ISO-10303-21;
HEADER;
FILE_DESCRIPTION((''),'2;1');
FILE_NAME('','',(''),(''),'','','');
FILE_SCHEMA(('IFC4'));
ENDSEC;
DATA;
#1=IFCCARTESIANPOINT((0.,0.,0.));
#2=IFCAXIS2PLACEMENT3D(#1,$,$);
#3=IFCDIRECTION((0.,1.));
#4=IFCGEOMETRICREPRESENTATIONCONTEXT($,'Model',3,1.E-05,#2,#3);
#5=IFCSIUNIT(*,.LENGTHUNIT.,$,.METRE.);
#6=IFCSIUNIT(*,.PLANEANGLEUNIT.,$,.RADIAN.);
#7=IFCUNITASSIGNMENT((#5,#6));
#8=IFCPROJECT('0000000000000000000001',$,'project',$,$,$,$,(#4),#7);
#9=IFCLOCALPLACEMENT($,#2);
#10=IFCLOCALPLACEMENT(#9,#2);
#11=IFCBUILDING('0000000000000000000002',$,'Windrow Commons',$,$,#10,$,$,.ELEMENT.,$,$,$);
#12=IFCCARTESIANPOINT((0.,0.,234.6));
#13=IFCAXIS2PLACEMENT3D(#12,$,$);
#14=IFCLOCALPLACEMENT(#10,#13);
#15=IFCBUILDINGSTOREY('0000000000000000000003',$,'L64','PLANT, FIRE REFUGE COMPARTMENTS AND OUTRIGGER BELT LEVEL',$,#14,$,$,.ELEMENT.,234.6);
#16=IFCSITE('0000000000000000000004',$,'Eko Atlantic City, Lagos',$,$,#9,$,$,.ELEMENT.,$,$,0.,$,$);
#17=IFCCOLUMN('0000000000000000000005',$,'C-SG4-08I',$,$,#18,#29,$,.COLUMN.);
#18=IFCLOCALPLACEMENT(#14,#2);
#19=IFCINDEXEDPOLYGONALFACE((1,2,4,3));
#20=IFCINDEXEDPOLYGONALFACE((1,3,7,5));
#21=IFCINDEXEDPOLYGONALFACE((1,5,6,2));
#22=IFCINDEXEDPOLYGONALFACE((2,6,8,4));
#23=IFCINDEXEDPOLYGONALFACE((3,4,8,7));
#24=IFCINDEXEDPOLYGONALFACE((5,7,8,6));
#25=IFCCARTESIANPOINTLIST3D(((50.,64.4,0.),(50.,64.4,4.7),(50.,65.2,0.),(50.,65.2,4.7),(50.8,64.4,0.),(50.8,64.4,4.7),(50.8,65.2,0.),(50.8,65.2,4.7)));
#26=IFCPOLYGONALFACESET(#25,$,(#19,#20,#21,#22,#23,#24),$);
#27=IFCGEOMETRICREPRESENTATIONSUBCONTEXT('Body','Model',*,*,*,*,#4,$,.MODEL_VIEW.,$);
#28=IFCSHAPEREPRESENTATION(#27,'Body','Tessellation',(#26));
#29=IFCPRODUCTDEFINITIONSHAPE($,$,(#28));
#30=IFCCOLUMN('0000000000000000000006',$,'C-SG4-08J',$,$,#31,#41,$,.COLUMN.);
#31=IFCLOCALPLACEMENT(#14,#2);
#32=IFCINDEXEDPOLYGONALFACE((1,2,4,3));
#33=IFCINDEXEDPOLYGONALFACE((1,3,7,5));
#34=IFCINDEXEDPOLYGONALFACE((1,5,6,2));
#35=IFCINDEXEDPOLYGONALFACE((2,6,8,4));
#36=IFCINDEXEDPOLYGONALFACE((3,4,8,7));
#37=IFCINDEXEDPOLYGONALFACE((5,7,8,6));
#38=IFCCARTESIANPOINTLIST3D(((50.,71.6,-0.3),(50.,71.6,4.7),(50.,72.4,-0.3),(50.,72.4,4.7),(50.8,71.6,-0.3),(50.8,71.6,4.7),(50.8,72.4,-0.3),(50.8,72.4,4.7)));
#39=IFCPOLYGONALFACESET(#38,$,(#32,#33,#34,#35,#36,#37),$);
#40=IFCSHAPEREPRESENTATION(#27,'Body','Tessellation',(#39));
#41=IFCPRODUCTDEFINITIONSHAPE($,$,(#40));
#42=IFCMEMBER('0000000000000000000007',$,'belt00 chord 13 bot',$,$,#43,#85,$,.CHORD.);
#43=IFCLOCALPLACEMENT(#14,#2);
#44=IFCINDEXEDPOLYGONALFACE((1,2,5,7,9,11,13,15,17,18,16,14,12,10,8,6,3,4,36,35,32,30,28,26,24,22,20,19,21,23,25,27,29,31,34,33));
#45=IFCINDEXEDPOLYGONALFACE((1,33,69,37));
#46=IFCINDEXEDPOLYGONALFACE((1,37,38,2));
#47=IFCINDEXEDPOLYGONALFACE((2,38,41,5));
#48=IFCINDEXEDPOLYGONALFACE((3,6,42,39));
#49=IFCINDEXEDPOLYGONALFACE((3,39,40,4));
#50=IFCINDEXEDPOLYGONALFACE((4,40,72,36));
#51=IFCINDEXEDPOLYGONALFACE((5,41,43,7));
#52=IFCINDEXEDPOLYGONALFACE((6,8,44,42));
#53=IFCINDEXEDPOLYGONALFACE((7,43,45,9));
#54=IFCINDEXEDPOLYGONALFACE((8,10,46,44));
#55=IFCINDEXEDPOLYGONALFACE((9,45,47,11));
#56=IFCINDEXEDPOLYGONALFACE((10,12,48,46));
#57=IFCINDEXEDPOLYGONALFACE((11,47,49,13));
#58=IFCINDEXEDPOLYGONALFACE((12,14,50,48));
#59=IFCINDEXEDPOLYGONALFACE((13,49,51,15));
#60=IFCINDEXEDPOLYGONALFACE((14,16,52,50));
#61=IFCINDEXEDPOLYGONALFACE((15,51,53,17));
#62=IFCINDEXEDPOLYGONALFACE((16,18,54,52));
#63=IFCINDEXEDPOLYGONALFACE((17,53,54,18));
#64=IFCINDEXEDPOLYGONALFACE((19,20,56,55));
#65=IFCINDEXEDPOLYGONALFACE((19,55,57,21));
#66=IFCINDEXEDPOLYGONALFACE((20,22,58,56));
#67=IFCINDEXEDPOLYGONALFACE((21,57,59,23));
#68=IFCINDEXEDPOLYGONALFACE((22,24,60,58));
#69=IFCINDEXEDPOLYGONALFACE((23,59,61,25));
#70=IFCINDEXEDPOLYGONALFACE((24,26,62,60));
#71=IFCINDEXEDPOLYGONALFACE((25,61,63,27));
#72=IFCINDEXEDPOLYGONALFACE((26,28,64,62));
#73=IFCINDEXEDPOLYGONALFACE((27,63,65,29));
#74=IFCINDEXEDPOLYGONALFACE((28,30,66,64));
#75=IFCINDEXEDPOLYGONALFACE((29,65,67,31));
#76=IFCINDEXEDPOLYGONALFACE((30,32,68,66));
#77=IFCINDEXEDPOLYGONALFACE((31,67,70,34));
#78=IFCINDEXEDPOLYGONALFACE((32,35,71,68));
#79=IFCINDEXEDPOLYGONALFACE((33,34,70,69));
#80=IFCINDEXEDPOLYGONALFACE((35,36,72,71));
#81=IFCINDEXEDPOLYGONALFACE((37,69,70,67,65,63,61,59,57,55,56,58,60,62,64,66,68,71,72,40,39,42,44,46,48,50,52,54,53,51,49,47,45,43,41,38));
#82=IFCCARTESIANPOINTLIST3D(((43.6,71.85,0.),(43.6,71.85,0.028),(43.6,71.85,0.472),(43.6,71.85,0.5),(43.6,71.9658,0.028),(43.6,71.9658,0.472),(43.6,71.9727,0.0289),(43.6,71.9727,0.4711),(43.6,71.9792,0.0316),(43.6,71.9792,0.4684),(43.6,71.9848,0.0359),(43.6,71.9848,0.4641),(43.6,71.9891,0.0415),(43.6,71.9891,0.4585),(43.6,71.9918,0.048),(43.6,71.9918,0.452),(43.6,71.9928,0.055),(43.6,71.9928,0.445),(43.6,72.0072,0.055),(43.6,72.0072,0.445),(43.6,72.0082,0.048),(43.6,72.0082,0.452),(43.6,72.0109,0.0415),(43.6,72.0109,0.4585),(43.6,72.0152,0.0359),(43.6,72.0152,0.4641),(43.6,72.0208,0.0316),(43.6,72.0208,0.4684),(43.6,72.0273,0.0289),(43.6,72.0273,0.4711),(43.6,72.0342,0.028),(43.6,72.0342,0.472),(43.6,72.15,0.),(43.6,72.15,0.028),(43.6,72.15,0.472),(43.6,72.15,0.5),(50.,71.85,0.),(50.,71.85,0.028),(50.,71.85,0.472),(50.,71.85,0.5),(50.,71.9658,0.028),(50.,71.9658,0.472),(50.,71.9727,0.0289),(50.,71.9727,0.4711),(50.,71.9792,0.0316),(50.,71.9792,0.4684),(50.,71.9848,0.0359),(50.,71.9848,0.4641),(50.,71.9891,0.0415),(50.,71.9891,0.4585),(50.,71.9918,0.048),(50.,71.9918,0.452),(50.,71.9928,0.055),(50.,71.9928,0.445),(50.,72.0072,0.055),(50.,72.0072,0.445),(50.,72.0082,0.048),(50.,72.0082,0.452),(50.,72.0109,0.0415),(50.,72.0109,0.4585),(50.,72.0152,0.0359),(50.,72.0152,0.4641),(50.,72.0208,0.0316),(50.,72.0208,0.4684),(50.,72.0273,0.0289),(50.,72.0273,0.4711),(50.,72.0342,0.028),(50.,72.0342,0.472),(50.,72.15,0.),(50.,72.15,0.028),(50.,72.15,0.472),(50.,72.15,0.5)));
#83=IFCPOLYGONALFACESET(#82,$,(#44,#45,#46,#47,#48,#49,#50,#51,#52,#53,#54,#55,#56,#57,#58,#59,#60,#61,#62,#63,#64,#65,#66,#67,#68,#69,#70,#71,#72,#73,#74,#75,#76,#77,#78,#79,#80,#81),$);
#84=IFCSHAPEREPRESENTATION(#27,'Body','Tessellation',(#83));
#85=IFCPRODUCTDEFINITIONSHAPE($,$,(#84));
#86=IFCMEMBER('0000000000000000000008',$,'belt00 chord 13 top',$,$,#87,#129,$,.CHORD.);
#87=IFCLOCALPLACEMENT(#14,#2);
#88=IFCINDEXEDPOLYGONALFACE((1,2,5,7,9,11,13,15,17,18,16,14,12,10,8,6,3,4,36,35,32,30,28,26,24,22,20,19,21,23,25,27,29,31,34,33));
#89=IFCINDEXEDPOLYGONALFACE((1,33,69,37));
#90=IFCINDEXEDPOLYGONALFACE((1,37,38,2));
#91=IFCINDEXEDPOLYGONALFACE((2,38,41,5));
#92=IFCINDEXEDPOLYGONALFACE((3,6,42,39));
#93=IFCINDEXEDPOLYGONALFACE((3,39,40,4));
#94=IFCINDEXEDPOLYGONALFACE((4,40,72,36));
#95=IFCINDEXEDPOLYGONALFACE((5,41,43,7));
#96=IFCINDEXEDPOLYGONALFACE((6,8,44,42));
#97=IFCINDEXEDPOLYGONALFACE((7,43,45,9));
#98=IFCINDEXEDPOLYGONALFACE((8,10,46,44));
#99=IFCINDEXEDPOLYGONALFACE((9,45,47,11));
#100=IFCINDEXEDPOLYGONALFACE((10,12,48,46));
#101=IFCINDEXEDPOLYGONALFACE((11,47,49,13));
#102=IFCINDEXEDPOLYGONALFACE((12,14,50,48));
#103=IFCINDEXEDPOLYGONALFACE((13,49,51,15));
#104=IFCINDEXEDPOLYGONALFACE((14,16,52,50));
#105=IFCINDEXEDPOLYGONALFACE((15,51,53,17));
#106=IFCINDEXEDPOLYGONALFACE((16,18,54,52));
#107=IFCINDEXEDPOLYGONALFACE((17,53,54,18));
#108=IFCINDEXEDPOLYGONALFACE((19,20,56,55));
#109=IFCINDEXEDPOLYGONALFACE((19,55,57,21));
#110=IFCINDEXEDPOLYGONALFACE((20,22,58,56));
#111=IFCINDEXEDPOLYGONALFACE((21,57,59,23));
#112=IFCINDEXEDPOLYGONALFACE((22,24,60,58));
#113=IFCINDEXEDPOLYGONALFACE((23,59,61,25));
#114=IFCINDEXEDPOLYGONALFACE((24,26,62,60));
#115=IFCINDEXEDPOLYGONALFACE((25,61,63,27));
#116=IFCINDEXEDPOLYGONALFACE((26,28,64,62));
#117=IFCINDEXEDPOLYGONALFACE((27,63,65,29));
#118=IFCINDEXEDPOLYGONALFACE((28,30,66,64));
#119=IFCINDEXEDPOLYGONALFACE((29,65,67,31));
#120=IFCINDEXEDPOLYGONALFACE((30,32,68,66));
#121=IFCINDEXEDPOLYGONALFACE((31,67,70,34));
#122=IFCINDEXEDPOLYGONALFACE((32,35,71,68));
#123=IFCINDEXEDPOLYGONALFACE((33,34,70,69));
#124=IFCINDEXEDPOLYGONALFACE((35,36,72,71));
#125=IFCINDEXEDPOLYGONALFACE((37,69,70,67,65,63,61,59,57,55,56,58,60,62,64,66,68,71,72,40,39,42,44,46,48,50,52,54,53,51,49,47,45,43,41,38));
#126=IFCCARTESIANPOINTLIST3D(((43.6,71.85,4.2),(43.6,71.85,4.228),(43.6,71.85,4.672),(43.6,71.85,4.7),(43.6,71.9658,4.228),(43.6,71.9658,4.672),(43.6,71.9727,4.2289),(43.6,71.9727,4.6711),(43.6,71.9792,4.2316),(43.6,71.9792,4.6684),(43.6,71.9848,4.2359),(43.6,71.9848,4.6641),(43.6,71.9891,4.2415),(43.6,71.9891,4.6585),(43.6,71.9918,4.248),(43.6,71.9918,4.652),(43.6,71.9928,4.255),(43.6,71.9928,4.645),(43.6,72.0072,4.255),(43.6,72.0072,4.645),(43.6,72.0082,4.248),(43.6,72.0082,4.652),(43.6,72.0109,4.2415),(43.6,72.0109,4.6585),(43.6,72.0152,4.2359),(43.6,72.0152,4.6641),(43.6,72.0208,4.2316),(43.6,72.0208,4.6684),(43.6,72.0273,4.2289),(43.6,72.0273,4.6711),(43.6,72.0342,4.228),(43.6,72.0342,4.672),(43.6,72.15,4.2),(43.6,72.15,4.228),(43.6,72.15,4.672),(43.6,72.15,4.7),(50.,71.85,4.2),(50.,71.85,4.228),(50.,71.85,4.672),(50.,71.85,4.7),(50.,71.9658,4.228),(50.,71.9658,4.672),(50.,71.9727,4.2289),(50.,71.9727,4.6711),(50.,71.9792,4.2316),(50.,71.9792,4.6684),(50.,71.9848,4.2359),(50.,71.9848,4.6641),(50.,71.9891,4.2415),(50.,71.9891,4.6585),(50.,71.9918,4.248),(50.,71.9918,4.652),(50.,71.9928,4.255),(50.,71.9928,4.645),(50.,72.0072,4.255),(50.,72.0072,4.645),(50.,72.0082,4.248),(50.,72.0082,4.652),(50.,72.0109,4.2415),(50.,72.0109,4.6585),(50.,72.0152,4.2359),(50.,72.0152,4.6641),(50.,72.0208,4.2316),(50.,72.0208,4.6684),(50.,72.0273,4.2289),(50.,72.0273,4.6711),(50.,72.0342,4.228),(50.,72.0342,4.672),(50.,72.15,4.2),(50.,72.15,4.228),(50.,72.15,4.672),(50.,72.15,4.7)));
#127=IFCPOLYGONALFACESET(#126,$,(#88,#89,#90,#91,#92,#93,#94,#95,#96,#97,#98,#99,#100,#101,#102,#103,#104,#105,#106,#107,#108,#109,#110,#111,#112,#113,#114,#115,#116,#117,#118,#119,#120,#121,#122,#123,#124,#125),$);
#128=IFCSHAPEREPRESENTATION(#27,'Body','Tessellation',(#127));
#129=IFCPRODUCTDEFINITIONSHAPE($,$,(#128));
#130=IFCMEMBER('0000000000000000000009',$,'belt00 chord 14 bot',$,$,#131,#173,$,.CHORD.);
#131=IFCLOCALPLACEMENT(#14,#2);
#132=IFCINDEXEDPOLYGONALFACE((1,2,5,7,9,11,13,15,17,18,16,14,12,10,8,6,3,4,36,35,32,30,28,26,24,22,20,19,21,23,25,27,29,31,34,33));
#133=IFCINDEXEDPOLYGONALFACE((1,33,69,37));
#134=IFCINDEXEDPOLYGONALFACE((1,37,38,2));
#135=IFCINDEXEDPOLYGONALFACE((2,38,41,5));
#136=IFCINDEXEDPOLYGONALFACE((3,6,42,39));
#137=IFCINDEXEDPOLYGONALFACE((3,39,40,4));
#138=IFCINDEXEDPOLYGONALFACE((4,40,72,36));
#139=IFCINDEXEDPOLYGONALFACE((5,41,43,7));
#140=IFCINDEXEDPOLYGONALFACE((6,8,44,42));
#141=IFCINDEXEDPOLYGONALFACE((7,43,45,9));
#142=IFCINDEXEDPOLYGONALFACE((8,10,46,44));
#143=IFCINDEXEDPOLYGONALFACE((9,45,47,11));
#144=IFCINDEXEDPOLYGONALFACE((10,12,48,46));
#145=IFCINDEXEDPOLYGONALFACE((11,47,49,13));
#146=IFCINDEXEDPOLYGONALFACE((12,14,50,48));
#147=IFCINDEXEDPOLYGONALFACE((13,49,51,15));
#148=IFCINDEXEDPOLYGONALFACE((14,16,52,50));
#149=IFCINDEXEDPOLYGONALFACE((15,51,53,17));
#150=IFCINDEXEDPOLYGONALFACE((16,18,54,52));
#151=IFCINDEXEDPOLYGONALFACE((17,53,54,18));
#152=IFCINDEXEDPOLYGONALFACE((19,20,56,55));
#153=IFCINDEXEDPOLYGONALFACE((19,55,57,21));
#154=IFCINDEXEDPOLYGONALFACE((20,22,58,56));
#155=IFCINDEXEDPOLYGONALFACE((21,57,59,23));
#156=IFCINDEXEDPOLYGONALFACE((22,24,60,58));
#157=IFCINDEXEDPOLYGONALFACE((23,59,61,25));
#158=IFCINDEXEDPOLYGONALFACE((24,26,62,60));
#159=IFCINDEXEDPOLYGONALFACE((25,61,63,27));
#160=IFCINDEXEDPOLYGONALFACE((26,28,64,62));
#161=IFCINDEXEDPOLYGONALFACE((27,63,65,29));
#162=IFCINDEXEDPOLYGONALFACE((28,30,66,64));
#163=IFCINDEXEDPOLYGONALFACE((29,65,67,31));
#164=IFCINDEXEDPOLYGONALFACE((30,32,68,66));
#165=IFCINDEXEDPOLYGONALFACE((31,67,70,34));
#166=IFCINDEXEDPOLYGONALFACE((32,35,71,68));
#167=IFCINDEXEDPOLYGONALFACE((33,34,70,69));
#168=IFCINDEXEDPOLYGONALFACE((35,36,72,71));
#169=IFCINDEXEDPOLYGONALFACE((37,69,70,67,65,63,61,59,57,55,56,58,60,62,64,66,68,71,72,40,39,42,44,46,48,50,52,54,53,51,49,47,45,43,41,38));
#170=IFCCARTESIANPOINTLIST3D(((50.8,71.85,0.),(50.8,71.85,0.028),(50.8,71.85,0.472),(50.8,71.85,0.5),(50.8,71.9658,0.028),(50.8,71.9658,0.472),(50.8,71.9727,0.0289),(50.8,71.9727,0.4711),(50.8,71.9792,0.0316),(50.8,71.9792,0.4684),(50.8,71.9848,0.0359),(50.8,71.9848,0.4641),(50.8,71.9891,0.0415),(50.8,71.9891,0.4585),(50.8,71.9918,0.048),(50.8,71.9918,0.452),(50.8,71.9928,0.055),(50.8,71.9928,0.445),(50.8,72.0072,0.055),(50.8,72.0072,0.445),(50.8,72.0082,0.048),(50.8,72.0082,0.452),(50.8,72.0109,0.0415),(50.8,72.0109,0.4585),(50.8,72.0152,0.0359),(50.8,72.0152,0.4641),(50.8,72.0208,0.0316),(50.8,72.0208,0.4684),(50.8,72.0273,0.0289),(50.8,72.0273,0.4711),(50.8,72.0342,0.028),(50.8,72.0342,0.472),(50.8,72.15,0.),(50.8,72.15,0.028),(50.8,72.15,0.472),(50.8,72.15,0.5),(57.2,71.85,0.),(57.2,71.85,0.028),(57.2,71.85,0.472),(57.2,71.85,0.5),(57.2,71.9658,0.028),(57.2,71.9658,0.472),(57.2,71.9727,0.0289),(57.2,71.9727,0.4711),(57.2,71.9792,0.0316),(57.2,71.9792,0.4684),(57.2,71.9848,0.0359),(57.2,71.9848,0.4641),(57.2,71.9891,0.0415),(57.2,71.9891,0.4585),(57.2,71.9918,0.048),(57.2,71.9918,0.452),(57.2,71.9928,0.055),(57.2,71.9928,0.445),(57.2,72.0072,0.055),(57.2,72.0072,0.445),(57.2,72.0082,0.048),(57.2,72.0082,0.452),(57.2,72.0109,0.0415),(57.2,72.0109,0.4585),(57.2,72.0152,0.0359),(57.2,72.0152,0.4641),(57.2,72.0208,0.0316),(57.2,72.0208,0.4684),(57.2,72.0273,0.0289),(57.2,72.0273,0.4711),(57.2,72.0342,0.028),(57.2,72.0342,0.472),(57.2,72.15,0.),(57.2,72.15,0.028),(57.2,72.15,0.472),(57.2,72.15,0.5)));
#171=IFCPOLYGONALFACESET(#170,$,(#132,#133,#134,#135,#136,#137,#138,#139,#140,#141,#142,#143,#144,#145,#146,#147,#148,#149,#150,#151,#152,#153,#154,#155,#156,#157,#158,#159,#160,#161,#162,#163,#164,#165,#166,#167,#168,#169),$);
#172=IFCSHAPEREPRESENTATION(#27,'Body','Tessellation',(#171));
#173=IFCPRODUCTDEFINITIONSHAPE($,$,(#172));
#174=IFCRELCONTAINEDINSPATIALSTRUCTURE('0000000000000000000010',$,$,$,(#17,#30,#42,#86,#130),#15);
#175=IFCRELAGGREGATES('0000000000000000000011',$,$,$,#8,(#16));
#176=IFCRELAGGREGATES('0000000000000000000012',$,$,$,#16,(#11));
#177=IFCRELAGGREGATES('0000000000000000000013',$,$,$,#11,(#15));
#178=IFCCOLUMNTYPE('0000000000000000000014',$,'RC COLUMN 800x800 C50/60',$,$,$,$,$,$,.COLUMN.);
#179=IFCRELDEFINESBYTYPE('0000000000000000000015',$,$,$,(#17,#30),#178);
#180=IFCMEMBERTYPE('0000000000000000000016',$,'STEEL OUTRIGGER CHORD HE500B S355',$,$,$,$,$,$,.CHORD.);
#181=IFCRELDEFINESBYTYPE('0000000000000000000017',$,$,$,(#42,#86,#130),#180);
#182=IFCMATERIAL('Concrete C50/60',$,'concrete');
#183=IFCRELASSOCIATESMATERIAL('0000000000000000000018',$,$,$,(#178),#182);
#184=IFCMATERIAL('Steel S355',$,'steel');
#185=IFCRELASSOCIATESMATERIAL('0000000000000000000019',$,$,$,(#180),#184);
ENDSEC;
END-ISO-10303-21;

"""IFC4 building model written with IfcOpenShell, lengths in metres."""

from ifc_helpers import new_model, si_unit, direction, frame, origin, origin_2d, place, context, subcontext, project, spatial, rectangle, i_section, extrude, material, material_profile, profile_set, type_object, element, save


model = new_model("IFC4")

# Units and contexts
model_context = context("Model", 3, precision=1e-05, world=origin(), true_north=direction((0.0, 1.0)))
body_context = subcontext(model_context, "Body", "Model", "MODEL_VIEW")
ifc_project = project(units=[si_unit("LENGTHUNIT", "METRE"), si_unit("PLANEANGLEUNIT", "RADIAN")], contexts=[model_context])

# Site, building, storey
site_placement = place(None, origin())
site = spatial("IfcSite", under=ifc_project, at=site_placement, Name="Eko Atlantic City, Lagos", CompositionType="ELEMENT", RefElevation=0.0)
building_placement = place(site_placement, origin())
building = spatial("IfcBuilding", under=site, at=building_placement, Name="Windrow Commons", CompositionType="ELEMENT")
storey_placement = place(building_placement, frame((0.0, 0.0, 234.6)))
storey = spatial("IfcBuildingStorey", under=building, at=storey_placement, Name="L64", Description="PLANT, FIRE REFUGE COMPARTMENTS AND OUTRIGGER BELT LEVEL", CompositionType="ELEMENT", Elevation=234.6)

# Columns
ifc_material_1 = material(Name="Concrete C50/60", Category="concrete")
ifc_material_profile_1 = material_profile(ifc_material_1, rectangle(XDim=0.8, YDim=0.8, at=origin_2d()))
ifc_profile_set_1 = profile_set([ifc_material_profile_1], Name="Concrete C50/60")
column_type = type_object("IfcColumnType", Name="RC COLUMN 800x800 C50/60", PredefinedType="COLUMN", material=ifc_profile_set_1)
column_1_placement = place(storey_placement, frame((50.4, 64.8, 0.0), z_axis=(0.0, 0.0, 1.0), x_axis=(1.0, 0.0, 0.0)))
element("IfcColumn", 1, at=column_1_placement, inside=storey, type_object=column_type, Name="C-SG4-08I", PredefinedType="COLUMN", context=body_context, shape_type="SweptSolid", body=[
    extrude(rectangle(XDim=0.8, YDim=0.8, at=origin_2d()), origin(), (0.0, 0.0, 1.0), 4.7),
])
column_2_placement = place(storey_placement, frame((50.4, 72.0, -0.3), z_axis=(0.0, 0.0, 1.0), x_axis=(1.0, 0.0, 0.0)))
element("IfcColumn", 2, at=column_2_placement, inside=storey, type_object=column_type, Name="C-SG4-08J", PredefinedType="COLUMN", context=body_context, shape_type="SweptSolid", body=[
    extrude(rectangle(XDim=0.8, YDim=0.8, at=origin_2d()), origin(), (0.0, 0.0, 1.0), 5.0),
])

# Members
ifc_material_2 = material(Name="Steel S355", Category="steel")
ifc_material_profile_2 = material_profile(ifc_material_2, i_section(OverallWidth=0.3, OverallDepth=0.5, WebThickness=0.0145, FlangeThickness=0.028, FilletRadius=0.027, at=origin_2d()))
ifc_profile_set_2 = profile_set([ifc_material_profile_2], Name="Steel S355")
member_type_1 = type_object("IfcMemberType", Name="STEEL OUTRIGGER CHORD HE500B S355", PredefinedType="CHORD", material=ifc_profile_set_2)
for number, where, z_axis, x_axis, name in (
    (3, (43.6, 72.0, 0.25), (1.0, 0.0, 0.0), (0.0, 1.0, 0.0), "belt00 chord 13 bot"),
    (4, (43.6, 72.0, 4.45), (1.0, 0.0, 0.0), (0.0, 1.0, 0.0), "belt00 chord 13 top"),
    (5, (50.8, 72.0, 0.25), (1.0, 0.0, 0.0), (0.0, 1.0, 0.0), "belt00 chord 14 bot"),
):
    element("IfcMember", number, at=place(storey_placement, frame(where, z_axis=z_axis, x_axis=x_axis)), inside=storey, type_object=member_type_1, Name=name, PredefinedType="CHORD", context=body_context, shape_type="SweptSolid", body=[
        extrude(i_section(OverallWidth=0.3, OverallDepth=0.5, WebThickness=0.0145, FlangeThickness=0.028, FilletRadius=0.027, at=origin_2d()), origin(), (0.0, 0.0, 1.0), 6.4),
    ])

save(model, "model.ifc")
